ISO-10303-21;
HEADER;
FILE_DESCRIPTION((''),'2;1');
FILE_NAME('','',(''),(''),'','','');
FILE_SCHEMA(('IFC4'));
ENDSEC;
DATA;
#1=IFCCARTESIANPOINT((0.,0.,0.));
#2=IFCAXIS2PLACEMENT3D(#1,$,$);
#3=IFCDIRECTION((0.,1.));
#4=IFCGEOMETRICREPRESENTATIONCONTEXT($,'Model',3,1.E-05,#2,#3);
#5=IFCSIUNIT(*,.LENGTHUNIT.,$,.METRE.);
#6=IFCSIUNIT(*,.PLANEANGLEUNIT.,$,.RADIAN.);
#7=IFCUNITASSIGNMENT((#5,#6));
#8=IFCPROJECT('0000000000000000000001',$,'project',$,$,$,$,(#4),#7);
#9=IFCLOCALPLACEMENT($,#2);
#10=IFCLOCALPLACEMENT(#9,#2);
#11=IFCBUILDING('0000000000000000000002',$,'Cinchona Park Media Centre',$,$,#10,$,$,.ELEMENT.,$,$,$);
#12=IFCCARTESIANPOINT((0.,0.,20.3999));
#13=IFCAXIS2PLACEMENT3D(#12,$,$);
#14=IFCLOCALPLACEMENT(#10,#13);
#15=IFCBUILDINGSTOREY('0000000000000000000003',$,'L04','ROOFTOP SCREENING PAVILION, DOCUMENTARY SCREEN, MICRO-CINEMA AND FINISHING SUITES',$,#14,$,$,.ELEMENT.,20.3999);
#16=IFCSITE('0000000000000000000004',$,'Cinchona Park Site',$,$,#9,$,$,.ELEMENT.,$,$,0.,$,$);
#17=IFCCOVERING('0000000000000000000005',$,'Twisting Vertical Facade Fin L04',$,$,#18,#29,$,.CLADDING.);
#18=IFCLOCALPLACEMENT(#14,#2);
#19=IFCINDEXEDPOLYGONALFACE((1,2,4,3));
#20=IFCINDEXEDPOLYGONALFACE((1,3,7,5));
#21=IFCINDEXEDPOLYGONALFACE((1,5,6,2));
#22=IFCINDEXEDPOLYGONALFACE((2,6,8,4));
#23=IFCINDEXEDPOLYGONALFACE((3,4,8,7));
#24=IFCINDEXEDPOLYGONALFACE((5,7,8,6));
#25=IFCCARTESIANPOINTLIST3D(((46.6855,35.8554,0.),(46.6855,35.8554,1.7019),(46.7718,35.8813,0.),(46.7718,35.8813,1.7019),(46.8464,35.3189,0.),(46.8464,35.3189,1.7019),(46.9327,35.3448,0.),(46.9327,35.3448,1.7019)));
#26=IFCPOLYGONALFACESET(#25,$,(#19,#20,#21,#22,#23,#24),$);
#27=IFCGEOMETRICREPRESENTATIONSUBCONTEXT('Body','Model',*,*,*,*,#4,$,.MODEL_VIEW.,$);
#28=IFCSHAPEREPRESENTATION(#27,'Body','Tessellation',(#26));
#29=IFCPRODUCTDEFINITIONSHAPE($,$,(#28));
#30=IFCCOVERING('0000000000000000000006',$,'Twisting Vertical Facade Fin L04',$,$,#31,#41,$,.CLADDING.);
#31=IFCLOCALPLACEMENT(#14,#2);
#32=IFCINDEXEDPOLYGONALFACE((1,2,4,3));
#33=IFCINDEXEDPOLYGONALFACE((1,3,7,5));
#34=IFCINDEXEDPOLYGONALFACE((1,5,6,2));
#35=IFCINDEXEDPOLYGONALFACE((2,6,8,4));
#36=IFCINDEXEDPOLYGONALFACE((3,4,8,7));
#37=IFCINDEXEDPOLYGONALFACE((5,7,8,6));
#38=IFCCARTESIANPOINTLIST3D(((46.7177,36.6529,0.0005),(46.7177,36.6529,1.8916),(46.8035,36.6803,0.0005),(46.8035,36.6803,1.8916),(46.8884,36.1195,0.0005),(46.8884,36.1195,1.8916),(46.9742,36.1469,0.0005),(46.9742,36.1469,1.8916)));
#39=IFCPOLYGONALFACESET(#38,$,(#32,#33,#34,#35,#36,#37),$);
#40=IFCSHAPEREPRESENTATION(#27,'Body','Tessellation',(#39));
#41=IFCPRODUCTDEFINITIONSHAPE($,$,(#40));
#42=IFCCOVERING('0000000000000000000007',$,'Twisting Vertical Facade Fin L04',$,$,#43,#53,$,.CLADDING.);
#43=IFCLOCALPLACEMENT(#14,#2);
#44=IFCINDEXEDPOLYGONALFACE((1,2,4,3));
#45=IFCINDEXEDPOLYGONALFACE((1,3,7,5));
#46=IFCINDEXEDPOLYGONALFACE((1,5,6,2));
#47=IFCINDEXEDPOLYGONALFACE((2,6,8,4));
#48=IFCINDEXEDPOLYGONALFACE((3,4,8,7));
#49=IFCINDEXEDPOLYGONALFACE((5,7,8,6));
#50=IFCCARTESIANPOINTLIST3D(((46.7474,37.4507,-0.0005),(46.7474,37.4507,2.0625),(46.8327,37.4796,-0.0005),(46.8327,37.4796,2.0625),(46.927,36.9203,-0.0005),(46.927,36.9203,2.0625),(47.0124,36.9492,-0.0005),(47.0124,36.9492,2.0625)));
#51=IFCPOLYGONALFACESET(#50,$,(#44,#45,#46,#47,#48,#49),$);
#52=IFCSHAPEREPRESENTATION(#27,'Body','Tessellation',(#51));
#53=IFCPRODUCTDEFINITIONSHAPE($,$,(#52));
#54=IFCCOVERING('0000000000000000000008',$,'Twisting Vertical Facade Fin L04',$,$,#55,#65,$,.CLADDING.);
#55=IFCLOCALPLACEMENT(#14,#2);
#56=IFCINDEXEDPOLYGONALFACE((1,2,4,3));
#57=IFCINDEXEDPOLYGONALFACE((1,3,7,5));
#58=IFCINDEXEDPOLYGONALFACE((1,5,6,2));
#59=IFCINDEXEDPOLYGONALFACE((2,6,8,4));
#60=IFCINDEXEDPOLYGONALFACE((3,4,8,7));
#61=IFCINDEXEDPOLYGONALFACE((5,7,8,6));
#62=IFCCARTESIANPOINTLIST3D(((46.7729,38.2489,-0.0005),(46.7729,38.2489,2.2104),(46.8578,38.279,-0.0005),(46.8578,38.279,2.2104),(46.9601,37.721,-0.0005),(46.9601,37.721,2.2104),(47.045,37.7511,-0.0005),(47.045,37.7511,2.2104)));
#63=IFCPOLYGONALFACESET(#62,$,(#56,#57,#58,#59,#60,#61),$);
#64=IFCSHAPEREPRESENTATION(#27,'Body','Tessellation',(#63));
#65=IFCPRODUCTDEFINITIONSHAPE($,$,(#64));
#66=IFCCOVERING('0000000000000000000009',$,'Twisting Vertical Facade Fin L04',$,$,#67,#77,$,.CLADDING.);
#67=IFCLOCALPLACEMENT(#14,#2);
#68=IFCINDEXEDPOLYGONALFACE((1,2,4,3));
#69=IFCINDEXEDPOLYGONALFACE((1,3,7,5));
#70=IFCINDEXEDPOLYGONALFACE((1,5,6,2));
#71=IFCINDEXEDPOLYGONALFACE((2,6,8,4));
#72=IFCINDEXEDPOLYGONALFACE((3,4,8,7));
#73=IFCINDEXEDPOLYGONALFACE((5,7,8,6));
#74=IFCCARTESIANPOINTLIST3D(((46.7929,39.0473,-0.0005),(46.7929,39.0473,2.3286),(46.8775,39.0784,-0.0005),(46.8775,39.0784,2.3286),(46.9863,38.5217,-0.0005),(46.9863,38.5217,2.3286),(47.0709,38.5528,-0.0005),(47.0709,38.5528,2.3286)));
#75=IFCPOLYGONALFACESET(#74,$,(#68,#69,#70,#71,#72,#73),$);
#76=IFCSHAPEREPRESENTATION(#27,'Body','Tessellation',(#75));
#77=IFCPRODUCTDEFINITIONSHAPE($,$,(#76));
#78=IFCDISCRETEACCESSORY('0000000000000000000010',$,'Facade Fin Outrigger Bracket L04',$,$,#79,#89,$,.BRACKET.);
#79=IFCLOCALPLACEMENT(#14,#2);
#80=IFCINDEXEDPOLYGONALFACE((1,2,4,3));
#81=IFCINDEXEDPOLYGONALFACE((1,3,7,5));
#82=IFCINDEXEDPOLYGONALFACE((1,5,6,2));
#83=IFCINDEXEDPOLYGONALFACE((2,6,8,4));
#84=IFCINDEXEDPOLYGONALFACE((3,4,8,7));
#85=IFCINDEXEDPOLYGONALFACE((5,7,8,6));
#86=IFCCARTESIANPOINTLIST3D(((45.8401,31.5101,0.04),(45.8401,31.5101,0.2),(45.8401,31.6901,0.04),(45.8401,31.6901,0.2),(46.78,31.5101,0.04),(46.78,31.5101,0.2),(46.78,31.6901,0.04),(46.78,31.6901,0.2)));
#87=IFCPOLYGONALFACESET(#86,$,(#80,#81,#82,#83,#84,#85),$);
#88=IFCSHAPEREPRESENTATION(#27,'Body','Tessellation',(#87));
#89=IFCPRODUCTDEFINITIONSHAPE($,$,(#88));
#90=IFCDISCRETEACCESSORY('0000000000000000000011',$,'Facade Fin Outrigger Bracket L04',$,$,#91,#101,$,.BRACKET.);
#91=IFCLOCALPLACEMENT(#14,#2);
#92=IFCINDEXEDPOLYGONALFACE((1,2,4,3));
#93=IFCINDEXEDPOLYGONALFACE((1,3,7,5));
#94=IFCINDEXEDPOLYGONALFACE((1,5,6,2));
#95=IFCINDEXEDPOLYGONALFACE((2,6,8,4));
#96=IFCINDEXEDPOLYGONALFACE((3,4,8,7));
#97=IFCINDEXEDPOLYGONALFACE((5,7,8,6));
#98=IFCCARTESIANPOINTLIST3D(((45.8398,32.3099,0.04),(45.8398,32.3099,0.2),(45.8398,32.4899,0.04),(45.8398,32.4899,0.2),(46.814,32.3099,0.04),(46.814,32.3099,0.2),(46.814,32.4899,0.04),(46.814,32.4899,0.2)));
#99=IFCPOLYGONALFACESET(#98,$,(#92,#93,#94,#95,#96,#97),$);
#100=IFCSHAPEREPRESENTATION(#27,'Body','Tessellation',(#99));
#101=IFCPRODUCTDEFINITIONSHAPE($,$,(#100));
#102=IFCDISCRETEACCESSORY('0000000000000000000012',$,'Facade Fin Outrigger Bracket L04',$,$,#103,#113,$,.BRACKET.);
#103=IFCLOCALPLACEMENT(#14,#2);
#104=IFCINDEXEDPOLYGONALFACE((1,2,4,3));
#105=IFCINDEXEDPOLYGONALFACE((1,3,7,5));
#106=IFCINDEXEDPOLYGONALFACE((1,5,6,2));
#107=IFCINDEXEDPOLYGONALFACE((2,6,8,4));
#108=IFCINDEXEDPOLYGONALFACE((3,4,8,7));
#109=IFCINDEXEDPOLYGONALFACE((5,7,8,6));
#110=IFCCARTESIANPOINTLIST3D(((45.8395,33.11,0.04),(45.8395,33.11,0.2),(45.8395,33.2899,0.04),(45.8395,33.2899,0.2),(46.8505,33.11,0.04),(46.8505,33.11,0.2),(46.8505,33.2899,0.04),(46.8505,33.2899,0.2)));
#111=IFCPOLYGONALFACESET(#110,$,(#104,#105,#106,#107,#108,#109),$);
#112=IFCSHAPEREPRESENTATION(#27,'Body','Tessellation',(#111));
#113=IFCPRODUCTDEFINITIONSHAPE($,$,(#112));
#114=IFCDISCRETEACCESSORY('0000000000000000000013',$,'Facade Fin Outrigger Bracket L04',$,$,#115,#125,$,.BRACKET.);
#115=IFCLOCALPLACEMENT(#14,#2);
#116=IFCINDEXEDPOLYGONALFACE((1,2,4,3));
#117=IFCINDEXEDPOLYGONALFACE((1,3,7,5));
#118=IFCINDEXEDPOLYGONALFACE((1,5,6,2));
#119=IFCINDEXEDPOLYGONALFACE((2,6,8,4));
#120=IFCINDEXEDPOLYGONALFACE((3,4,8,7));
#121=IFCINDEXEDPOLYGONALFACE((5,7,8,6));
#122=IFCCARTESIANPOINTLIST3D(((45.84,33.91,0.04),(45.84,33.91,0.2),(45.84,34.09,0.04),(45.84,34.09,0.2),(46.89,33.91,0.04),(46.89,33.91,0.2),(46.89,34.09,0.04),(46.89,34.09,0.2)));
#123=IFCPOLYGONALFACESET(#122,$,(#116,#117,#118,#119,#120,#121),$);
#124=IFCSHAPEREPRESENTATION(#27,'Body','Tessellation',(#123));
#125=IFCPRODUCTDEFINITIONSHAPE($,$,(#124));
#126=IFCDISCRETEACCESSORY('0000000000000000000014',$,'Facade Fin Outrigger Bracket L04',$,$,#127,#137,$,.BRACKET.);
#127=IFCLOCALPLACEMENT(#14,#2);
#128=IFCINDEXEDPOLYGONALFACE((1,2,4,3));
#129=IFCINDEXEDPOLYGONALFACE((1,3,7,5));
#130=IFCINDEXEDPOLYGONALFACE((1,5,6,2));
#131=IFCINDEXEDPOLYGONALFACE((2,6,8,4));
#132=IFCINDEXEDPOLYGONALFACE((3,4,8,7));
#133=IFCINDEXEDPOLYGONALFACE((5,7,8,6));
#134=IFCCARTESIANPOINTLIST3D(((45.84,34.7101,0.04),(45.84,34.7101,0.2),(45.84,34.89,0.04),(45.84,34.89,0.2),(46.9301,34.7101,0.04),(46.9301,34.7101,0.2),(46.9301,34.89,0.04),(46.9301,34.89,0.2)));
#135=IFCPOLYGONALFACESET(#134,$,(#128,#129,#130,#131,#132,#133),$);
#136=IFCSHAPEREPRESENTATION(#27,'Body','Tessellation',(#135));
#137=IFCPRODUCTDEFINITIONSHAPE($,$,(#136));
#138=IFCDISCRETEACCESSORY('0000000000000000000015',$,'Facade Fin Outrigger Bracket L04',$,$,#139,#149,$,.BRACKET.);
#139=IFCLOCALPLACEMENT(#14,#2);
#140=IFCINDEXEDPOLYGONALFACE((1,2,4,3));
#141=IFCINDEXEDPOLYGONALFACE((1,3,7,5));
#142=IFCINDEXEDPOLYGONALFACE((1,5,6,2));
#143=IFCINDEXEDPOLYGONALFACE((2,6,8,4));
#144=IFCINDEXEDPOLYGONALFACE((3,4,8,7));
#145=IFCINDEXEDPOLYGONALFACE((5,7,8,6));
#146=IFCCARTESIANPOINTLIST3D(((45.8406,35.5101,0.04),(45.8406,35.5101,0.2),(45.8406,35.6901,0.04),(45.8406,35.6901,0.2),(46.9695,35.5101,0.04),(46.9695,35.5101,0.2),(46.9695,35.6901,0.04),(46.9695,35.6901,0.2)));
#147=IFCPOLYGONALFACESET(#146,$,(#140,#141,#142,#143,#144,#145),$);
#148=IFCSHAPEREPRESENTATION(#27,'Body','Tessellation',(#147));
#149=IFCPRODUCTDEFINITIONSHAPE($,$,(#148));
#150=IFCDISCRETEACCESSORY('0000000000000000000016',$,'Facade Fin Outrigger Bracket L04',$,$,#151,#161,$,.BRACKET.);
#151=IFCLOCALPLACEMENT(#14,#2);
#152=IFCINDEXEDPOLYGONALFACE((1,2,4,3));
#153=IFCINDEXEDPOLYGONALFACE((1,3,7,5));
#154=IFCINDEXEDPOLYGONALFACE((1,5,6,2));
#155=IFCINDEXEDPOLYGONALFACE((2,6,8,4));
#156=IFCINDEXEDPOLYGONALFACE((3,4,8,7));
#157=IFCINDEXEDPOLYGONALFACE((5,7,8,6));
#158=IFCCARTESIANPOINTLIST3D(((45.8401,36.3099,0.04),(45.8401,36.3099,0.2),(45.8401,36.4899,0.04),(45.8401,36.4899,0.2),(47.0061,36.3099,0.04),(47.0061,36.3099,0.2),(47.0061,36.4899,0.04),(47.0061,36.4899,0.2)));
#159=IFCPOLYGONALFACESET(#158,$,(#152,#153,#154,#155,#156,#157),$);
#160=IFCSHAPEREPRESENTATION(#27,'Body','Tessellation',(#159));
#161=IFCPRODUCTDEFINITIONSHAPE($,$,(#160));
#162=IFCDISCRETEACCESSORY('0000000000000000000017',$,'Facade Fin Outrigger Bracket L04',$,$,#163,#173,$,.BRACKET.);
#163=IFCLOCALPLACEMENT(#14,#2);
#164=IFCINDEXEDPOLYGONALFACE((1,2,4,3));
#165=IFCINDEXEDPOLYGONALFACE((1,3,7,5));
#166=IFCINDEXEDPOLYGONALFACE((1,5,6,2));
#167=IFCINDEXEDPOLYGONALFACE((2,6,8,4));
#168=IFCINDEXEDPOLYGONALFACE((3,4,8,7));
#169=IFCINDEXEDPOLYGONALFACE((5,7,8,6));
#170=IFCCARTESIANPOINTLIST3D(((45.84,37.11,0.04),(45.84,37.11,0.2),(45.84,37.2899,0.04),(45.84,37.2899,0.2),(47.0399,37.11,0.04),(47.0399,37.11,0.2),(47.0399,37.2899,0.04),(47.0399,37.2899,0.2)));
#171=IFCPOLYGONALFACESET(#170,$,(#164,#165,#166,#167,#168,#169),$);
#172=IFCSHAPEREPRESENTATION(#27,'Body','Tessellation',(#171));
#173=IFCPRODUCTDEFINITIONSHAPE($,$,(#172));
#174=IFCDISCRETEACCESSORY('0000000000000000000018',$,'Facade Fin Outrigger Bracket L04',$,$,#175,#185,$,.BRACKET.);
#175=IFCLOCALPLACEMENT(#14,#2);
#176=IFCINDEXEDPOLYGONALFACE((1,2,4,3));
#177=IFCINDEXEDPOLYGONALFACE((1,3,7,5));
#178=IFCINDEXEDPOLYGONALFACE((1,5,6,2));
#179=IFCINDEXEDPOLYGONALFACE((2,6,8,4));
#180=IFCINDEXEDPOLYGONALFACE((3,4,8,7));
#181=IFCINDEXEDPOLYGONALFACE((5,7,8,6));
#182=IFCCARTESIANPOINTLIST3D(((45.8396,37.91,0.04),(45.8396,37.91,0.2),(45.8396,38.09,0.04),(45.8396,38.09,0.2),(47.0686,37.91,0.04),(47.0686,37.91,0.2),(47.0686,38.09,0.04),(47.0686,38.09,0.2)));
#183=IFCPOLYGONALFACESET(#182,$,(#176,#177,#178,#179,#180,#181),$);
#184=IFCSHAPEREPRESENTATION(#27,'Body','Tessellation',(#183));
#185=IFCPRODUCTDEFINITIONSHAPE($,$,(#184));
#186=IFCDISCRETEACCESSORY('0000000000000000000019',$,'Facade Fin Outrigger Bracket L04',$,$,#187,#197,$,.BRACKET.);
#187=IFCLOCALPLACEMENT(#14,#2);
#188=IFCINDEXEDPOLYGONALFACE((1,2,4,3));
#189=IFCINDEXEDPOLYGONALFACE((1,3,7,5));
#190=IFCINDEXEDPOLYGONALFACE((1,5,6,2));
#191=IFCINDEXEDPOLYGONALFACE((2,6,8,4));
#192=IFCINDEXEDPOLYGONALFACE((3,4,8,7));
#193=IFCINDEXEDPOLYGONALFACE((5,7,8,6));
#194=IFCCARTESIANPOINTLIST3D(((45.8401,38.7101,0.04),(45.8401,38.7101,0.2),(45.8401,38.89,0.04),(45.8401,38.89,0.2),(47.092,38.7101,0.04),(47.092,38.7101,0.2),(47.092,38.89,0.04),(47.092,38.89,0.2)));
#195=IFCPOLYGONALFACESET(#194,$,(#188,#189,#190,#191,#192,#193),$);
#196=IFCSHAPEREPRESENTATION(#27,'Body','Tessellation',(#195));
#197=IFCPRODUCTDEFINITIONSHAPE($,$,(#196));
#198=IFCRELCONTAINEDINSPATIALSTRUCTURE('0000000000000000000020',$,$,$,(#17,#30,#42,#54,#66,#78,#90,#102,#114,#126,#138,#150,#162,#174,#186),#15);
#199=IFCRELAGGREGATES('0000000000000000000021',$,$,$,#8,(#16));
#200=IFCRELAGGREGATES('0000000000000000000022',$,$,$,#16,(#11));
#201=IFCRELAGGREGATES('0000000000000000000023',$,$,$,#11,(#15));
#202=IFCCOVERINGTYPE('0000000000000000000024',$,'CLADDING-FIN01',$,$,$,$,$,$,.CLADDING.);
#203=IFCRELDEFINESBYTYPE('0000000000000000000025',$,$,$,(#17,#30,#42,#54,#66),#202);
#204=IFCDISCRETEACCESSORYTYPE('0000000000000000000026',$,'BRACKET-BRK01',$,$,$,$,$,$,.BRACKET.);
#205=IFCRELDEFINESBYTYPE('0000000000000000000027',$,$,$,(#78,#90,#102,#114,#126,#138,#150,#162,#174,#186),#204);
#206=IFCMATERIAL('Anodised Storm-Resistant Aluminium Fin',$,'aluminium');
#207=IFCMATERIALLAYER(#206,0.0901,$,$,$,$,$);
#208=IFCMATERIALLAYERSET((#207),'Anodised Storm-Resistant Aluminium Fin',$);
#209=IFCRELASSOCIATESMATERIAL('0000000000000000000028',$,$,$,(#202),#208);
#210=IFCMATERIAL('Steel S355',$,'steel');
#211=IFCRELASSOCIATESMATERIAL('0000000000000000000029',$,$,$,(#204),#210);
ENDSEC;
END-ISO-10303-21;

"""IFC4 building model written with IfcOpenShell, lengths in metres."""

from ifc_helpers import new_model, si_unit, direction, frame, origin, origin_2d, place, context, subcontext, project, spatial, rectangle, extrude, material, layer, layer_set, type_object, element, save


model = new_model("IFC4")

# Units and contexts
model_context = context("Model", 3, precision=1e-05, world=origin(), true_north=direction((0.0, 1.0)))
body_context = subcontext(model_context, "Body", "Model", "MODEL_VIEW")
ifc_project = project(units=[si_unit("LENGTHUNIT", "METRE"), si_unit("PLANEANGLEUNIT", "RADIAN")], contexts=[model_context])

# Site, building, storey
site_placement = place(None, origin())
site = spatial("IfcSite", under=ifc_project, at=site_placement, Name="Cinchona Park Site", CompositionType="ELEMENT", RefElevation=0.0)
building_placement = place(site_placement, origin())
building = spatial("IfcBuilding", under=site, at=building_placement, Name="Cinchona Park Media Centre", CompositionType="ELEMENT")
storey_placement = place(building_placement, frame((0.0, 0.0, 20.3999)))
storey = spatial("IfcBuildingStorey", under=building, at=storey_placement, Name="L04", Description="ROOFTOP SCREENING PAVILION, DOCUMENTARY SCREEN, MICRO-CINEMA AND FINISHING SUITES", CompositionType="ELEMENT", Elevation=20.3999)

# Coverings
ifc_material_1 = material(Name="Anodised Storm-Resistant Aluminium Fin", Category="aluminium")
ifc_layer_1 = layer(ifc_material_1, 0.0901)
ifc_layer_set_1 = layer_set([ifc_layer_1], Name="Anodised Storm-Resistant Aluminium Fin")
covering_type = type_object("IfcCoveringType", Name="CLADDING-FIN01", PredefinedType="CLADDING", material=ifc_layer_set_1)
covering_1_placement = place(storey_placement, frame((46.8091, 35.6001, 0.0), z_axis=(0.0, 0.0, 1.0), x_axis=(-0.287193, 0.957873, 0.0)))
element("IfcCovering", 1, at=covering_1_placement, inside=storey, type_object=covering_type, Name="Twisting Vertical Facade Fin L04", PredefinedType="CLADDING", context=body_context, shape_type="SweptSolid", body=[
    extrude(rectangle(XDim=0.5601, YDim=0.0901, at=origin_2d()), origin(), (0.0, 0.0, 1.0), 1.7019),
])
covering_2_placement = place(storey_placement, frame((46.8459, 36.3999, 0.0005), z_axis=(0.0, 0.0, 1.0), x_axis=(-0.304864, 0.952396, 0.0)))
element("IfcCovering", 2, at=covering_2_placement, inside=storey, type_object=covering_type, Name="Twisting Vertical Facade Fin L04", PredefinedType="CLADDING", context=body_context, shape_type="SweptSolid", body=[
    extrude(rectangle(XDim=0.5601, YDim=0.0901, at=origin_2d()), origin(), (0.0, 0.0, 1.0), 1.8911),
])
covering_3_placement = place(storey_placement, frame((46.8799, 37.2, -0.0005), z_axis=(0.0, 0.0, 1.0), x_axis=(-0.320778, 0.947154, 0.0)))
element("IfcCovering", 3, at=covering_3_placement, inside=storey, type_object=covering_type, Name="Twisting Vertical Facade Fin L04", PredefinedType="CLADDING", context=body_context, shape_type="SweptSolid", body=[
    extrude(rectangle(XDim=0.5601, YDim=0.0901, at=origin_2d()), origin(), (0.0, 0.0, 1.0), 2.063),
])
covering_4_placement = place(storey_placement, frame((46.9089, 38.0, -0.0005), z_axis=(0.0, 0.0, 1.0), x_axis=(-0.3343, 0.942467, 0.0)))
element("IfcCovering", 4, at=covering_4_placement, inside=storey, type_object=covering_type, Name="Twisting Vertical Facade Fin L04", PredefinedType="CLADDING", context=body_context, shape_type="SweptSolid", body=[
    extrude(rectangle(XDim=0.5601, YDim=0.0901, at=origin_2d()), origin(), (0.0, 0.0, 1.0), 2.2109),
])
covering_5_placement = place(storey_placement, frame((46.9319, 38.8, -0.0005), z_axis=(0.0, 0.0, 1.0), x_axis=(-0.345298, 0.938493, 0.0)))
element("IfcCovering", 5, at=covering_5_placement, inside=storey, type_object=covering_type, Name="Twisting Vertical Facade Fin L04", PredefinedType="CLADDING", context=body_context, shape_type="SweptSolid", body=[
    extrude(rectangle(XDim=0.5601, YDim=0.0901, at=origin_2d()), origin(), (0.0, 0.0, 1.0), 2.3291),
])

# Discrete accessories
ifc_material_2 = material(Name="Steel S355", Category="steel")
discrete_accessory_type = type_object("IfcDiscreteAccessoryType", Name="BRACKET-BRK01", PredefinedType="BRACKET", material=ifc_material_2)
discrete_accessory_1_placement = place(storey_placement, frame((46.3101, 31.6001, 0.04), z_axis=(0.0, 0.0, 1.0), x_axis=(0.0, 1.0, 0.0)))
element("IfcDiscreteAccessory", 6, at=discrete_accessory_1_placement, inside=storey, type_object=discrete_accessory_type, Name="Facade Fin Outrigger Bracket L04", PredefinedType="BRACKET", context=body_context, shape_type="SweptSolid", body=[
    extrude(rectangle(XDim=0.1799, YDim=0.9399, at=origin_2d()), origin(), (0.0, 0.0, 1.0), 0.1599),
])
discrete_accessory_2_placement = place(storey_placement, frame((46.3269, 32.3999, 0.04), z_axis=(0.0, 0.0, 1.0), x_axis=(0.0, 1.0, 0.0)))
element("IfcDiscreteAccessory", 7, at=discrete_accessory_2_placement, inside=storey, type_object=discrete_accessory_type, Name="Facade Fin Outrigger Bracket L04", PredefinedType="BRACKET", context=body_context, shape_type="SweptSolid", body=[
    extrude(rectangle(XDim=0.1799, YDim=0.9741, at=origin_2d()), origin(), (0.0, 0.0, 1.0), 0.1599),
])
discrete_accessory_3_placement = place(storey_placement, frame((46.345, 33.2, 0.04), z_axis=(0.0, 0.0, 1.0), x_axis=(0.0, 1.0, 0.0)))
element("IfcDiscreteAccessory", 8, at=discrete_accessory_3_placement, inside=storey, type_object=discrete_accessory_type, Name="Facade Fin Outrigger Bracket L04", PredefinedType="BRACKET", context=body_context, shape_type="SweptSolid", body=[
    extrude(rectangle(XDim=0.1799, YDim=1.011, at=origin_2d()), origin(), (0.0, 0.0, 1.0), 0.1599),
])
discrete_accessory_4_placement = place(storey_placement, frame((46.365, 34.0, 0.04), z_axis=(0.0, 0.0, 1.0), x_axis=(0.0, 1.0, 0.0)))
element("IfcDiscreteAccessory", 9, at=discrete_accessory_4_placement, inside=storey, type_object=discrete_accessory_type, Name="Facade Fin Outrigger Bracket L04", PredefinedType="BRACKET", context=body_context, shape_type="SweptSolid", body=[
    extrude(rectangle(XDim=0.1799, YDim=1.05, at=origin_2d()), origin(), (0.0, 0.0, 1.0), 0.1599),
])
discrete_accessory_5_placement = place(storey_placement, frame((46.385, 34.8, 0.04), z_axis=(0.0, 0.0, 1.0), x_axis=(0.0, 1.0, 0.0)))
element("IfcDiscreteAccessory", 10, at=discrete_accessory_5_placement, inside=storey, type_object=discrete_accessory_type, Name="Facade Fin Outrigger Bracket L04", PredefinedType="BRACKET", context=body_context, shape_type="SweptSolid", body=[
    extrude(rectangle(XDim=0.1799, YDim=1.0901, at=origin_2d()), origin(), (0.0, 0.0, 1.0), 0.1599),
])
discrete_accessory_6_placement = place(storey_placement, frame((46.405, 35.6001, 0.04), z_axis=(0.0, 0.0, 1.0), x_axis=(0.0, 1.0, 0.0)))
element("IfcDiscreteAccessory", 11, at=discrete_accessory_6_placement, inside=storey, type_object=discrete_accessory_type, Name="Facade Fin Outrigger Bracket L04", PredefinedType="BRACKET", context=body_context, shape_type="SweptSolid", body=[
    extrude(rectangle(XDim=0.1799, YDim=1.1289, at=origin_2d()), origin(), (0.0, 0.0, 1.0), 0.1599),
])
discrete_accessory_7_placement = place(storey_placement, frame((46.4231, 36.3999, 0.04), z_axis=(0.0, 0.0, 1.0), x_axis=(0.0, 1.0, 0.0)))
element("IfcDiscreteAccessory", 12, at=discrete_accessory_7_placement, inside=storey, type_object=discrete_accessory_type, Name="Facade Fin Outrigger Bracket L04", PredefinedType="BRACKET", context=body_context, shape_type="SweptSolid", body=[
    extrude(rectangle(XDim=0.1799, YDim=1.166, at=origin_2d()), origin(), (0.0, 0.0, 1.0), 0.1599),
])
discrete_accessory_8_placement = place(storey_placement, frame((46.4399, 37.2, 0.04), z_axis=(0.0, 0.0, 1.0), x_axis=(0.0, 1.0, 0.0)))
element("IfcDiscreteAccessory", 13, at=discrete_accessory_8_placement, inside=storey, type_object=discrete_accessory_type, Name="Facade Fin Outrigger Bracket L04", PredefinedType="BRACKET", context=body_context, shape_type="SweptSolid", body=[
    extrude(rectangle(XDim=0.1799, YDim=1.2, at=origin_2d()), origin(), (0.0, 0.0, 1.0), 0.1599),
])
discrete_accessory_9_placement = place(storey_placement, frame((46.4541, 38.0, 0.04), z_axis=(0.0, 0.0, 1.0), x_axis=(0.0, 1.0, 0.0)))
element("IfcDiscreteAccessory", 14, at=discrete_accessory_9_placement, inside=storey, type_object=discrete_accessory_type, Name="Facade Fin Outrigger Bracket L04", PredefinedType="BRACKET", context=body_context, shape_type="SweptSolid", body=[
    extrude(rectangle(XDim=0.1799, YDim=1.229, at=origin_2d()), origin(), (0.0, 0.0, 1.0), 0.1599),
])
discrete_accessory_10_placement = place(storey_placement, frame((46.4661, 38.8, 0.04), z_axis=(0.0, 0.0, 1.0), x_axis=(0.0, 1.0, 0.0)))
element("IfcDiscreteAccessory", 15, at=discrete_accessory_10_placement, inside=storey, type_object=discrete_accessory_type, Name="Facade Fin Outrigger Bracket L04", PredefinedType="BRACKET", context=body_context, shape_type="SweptSolid", body=[
    extrude(rectangle(XDim=0.1799, YDim=1.252, at=origin_2d()), origin(), (0.0, 0.0, 1.0), 0.1599),
])

save(model, "model.ifc")
